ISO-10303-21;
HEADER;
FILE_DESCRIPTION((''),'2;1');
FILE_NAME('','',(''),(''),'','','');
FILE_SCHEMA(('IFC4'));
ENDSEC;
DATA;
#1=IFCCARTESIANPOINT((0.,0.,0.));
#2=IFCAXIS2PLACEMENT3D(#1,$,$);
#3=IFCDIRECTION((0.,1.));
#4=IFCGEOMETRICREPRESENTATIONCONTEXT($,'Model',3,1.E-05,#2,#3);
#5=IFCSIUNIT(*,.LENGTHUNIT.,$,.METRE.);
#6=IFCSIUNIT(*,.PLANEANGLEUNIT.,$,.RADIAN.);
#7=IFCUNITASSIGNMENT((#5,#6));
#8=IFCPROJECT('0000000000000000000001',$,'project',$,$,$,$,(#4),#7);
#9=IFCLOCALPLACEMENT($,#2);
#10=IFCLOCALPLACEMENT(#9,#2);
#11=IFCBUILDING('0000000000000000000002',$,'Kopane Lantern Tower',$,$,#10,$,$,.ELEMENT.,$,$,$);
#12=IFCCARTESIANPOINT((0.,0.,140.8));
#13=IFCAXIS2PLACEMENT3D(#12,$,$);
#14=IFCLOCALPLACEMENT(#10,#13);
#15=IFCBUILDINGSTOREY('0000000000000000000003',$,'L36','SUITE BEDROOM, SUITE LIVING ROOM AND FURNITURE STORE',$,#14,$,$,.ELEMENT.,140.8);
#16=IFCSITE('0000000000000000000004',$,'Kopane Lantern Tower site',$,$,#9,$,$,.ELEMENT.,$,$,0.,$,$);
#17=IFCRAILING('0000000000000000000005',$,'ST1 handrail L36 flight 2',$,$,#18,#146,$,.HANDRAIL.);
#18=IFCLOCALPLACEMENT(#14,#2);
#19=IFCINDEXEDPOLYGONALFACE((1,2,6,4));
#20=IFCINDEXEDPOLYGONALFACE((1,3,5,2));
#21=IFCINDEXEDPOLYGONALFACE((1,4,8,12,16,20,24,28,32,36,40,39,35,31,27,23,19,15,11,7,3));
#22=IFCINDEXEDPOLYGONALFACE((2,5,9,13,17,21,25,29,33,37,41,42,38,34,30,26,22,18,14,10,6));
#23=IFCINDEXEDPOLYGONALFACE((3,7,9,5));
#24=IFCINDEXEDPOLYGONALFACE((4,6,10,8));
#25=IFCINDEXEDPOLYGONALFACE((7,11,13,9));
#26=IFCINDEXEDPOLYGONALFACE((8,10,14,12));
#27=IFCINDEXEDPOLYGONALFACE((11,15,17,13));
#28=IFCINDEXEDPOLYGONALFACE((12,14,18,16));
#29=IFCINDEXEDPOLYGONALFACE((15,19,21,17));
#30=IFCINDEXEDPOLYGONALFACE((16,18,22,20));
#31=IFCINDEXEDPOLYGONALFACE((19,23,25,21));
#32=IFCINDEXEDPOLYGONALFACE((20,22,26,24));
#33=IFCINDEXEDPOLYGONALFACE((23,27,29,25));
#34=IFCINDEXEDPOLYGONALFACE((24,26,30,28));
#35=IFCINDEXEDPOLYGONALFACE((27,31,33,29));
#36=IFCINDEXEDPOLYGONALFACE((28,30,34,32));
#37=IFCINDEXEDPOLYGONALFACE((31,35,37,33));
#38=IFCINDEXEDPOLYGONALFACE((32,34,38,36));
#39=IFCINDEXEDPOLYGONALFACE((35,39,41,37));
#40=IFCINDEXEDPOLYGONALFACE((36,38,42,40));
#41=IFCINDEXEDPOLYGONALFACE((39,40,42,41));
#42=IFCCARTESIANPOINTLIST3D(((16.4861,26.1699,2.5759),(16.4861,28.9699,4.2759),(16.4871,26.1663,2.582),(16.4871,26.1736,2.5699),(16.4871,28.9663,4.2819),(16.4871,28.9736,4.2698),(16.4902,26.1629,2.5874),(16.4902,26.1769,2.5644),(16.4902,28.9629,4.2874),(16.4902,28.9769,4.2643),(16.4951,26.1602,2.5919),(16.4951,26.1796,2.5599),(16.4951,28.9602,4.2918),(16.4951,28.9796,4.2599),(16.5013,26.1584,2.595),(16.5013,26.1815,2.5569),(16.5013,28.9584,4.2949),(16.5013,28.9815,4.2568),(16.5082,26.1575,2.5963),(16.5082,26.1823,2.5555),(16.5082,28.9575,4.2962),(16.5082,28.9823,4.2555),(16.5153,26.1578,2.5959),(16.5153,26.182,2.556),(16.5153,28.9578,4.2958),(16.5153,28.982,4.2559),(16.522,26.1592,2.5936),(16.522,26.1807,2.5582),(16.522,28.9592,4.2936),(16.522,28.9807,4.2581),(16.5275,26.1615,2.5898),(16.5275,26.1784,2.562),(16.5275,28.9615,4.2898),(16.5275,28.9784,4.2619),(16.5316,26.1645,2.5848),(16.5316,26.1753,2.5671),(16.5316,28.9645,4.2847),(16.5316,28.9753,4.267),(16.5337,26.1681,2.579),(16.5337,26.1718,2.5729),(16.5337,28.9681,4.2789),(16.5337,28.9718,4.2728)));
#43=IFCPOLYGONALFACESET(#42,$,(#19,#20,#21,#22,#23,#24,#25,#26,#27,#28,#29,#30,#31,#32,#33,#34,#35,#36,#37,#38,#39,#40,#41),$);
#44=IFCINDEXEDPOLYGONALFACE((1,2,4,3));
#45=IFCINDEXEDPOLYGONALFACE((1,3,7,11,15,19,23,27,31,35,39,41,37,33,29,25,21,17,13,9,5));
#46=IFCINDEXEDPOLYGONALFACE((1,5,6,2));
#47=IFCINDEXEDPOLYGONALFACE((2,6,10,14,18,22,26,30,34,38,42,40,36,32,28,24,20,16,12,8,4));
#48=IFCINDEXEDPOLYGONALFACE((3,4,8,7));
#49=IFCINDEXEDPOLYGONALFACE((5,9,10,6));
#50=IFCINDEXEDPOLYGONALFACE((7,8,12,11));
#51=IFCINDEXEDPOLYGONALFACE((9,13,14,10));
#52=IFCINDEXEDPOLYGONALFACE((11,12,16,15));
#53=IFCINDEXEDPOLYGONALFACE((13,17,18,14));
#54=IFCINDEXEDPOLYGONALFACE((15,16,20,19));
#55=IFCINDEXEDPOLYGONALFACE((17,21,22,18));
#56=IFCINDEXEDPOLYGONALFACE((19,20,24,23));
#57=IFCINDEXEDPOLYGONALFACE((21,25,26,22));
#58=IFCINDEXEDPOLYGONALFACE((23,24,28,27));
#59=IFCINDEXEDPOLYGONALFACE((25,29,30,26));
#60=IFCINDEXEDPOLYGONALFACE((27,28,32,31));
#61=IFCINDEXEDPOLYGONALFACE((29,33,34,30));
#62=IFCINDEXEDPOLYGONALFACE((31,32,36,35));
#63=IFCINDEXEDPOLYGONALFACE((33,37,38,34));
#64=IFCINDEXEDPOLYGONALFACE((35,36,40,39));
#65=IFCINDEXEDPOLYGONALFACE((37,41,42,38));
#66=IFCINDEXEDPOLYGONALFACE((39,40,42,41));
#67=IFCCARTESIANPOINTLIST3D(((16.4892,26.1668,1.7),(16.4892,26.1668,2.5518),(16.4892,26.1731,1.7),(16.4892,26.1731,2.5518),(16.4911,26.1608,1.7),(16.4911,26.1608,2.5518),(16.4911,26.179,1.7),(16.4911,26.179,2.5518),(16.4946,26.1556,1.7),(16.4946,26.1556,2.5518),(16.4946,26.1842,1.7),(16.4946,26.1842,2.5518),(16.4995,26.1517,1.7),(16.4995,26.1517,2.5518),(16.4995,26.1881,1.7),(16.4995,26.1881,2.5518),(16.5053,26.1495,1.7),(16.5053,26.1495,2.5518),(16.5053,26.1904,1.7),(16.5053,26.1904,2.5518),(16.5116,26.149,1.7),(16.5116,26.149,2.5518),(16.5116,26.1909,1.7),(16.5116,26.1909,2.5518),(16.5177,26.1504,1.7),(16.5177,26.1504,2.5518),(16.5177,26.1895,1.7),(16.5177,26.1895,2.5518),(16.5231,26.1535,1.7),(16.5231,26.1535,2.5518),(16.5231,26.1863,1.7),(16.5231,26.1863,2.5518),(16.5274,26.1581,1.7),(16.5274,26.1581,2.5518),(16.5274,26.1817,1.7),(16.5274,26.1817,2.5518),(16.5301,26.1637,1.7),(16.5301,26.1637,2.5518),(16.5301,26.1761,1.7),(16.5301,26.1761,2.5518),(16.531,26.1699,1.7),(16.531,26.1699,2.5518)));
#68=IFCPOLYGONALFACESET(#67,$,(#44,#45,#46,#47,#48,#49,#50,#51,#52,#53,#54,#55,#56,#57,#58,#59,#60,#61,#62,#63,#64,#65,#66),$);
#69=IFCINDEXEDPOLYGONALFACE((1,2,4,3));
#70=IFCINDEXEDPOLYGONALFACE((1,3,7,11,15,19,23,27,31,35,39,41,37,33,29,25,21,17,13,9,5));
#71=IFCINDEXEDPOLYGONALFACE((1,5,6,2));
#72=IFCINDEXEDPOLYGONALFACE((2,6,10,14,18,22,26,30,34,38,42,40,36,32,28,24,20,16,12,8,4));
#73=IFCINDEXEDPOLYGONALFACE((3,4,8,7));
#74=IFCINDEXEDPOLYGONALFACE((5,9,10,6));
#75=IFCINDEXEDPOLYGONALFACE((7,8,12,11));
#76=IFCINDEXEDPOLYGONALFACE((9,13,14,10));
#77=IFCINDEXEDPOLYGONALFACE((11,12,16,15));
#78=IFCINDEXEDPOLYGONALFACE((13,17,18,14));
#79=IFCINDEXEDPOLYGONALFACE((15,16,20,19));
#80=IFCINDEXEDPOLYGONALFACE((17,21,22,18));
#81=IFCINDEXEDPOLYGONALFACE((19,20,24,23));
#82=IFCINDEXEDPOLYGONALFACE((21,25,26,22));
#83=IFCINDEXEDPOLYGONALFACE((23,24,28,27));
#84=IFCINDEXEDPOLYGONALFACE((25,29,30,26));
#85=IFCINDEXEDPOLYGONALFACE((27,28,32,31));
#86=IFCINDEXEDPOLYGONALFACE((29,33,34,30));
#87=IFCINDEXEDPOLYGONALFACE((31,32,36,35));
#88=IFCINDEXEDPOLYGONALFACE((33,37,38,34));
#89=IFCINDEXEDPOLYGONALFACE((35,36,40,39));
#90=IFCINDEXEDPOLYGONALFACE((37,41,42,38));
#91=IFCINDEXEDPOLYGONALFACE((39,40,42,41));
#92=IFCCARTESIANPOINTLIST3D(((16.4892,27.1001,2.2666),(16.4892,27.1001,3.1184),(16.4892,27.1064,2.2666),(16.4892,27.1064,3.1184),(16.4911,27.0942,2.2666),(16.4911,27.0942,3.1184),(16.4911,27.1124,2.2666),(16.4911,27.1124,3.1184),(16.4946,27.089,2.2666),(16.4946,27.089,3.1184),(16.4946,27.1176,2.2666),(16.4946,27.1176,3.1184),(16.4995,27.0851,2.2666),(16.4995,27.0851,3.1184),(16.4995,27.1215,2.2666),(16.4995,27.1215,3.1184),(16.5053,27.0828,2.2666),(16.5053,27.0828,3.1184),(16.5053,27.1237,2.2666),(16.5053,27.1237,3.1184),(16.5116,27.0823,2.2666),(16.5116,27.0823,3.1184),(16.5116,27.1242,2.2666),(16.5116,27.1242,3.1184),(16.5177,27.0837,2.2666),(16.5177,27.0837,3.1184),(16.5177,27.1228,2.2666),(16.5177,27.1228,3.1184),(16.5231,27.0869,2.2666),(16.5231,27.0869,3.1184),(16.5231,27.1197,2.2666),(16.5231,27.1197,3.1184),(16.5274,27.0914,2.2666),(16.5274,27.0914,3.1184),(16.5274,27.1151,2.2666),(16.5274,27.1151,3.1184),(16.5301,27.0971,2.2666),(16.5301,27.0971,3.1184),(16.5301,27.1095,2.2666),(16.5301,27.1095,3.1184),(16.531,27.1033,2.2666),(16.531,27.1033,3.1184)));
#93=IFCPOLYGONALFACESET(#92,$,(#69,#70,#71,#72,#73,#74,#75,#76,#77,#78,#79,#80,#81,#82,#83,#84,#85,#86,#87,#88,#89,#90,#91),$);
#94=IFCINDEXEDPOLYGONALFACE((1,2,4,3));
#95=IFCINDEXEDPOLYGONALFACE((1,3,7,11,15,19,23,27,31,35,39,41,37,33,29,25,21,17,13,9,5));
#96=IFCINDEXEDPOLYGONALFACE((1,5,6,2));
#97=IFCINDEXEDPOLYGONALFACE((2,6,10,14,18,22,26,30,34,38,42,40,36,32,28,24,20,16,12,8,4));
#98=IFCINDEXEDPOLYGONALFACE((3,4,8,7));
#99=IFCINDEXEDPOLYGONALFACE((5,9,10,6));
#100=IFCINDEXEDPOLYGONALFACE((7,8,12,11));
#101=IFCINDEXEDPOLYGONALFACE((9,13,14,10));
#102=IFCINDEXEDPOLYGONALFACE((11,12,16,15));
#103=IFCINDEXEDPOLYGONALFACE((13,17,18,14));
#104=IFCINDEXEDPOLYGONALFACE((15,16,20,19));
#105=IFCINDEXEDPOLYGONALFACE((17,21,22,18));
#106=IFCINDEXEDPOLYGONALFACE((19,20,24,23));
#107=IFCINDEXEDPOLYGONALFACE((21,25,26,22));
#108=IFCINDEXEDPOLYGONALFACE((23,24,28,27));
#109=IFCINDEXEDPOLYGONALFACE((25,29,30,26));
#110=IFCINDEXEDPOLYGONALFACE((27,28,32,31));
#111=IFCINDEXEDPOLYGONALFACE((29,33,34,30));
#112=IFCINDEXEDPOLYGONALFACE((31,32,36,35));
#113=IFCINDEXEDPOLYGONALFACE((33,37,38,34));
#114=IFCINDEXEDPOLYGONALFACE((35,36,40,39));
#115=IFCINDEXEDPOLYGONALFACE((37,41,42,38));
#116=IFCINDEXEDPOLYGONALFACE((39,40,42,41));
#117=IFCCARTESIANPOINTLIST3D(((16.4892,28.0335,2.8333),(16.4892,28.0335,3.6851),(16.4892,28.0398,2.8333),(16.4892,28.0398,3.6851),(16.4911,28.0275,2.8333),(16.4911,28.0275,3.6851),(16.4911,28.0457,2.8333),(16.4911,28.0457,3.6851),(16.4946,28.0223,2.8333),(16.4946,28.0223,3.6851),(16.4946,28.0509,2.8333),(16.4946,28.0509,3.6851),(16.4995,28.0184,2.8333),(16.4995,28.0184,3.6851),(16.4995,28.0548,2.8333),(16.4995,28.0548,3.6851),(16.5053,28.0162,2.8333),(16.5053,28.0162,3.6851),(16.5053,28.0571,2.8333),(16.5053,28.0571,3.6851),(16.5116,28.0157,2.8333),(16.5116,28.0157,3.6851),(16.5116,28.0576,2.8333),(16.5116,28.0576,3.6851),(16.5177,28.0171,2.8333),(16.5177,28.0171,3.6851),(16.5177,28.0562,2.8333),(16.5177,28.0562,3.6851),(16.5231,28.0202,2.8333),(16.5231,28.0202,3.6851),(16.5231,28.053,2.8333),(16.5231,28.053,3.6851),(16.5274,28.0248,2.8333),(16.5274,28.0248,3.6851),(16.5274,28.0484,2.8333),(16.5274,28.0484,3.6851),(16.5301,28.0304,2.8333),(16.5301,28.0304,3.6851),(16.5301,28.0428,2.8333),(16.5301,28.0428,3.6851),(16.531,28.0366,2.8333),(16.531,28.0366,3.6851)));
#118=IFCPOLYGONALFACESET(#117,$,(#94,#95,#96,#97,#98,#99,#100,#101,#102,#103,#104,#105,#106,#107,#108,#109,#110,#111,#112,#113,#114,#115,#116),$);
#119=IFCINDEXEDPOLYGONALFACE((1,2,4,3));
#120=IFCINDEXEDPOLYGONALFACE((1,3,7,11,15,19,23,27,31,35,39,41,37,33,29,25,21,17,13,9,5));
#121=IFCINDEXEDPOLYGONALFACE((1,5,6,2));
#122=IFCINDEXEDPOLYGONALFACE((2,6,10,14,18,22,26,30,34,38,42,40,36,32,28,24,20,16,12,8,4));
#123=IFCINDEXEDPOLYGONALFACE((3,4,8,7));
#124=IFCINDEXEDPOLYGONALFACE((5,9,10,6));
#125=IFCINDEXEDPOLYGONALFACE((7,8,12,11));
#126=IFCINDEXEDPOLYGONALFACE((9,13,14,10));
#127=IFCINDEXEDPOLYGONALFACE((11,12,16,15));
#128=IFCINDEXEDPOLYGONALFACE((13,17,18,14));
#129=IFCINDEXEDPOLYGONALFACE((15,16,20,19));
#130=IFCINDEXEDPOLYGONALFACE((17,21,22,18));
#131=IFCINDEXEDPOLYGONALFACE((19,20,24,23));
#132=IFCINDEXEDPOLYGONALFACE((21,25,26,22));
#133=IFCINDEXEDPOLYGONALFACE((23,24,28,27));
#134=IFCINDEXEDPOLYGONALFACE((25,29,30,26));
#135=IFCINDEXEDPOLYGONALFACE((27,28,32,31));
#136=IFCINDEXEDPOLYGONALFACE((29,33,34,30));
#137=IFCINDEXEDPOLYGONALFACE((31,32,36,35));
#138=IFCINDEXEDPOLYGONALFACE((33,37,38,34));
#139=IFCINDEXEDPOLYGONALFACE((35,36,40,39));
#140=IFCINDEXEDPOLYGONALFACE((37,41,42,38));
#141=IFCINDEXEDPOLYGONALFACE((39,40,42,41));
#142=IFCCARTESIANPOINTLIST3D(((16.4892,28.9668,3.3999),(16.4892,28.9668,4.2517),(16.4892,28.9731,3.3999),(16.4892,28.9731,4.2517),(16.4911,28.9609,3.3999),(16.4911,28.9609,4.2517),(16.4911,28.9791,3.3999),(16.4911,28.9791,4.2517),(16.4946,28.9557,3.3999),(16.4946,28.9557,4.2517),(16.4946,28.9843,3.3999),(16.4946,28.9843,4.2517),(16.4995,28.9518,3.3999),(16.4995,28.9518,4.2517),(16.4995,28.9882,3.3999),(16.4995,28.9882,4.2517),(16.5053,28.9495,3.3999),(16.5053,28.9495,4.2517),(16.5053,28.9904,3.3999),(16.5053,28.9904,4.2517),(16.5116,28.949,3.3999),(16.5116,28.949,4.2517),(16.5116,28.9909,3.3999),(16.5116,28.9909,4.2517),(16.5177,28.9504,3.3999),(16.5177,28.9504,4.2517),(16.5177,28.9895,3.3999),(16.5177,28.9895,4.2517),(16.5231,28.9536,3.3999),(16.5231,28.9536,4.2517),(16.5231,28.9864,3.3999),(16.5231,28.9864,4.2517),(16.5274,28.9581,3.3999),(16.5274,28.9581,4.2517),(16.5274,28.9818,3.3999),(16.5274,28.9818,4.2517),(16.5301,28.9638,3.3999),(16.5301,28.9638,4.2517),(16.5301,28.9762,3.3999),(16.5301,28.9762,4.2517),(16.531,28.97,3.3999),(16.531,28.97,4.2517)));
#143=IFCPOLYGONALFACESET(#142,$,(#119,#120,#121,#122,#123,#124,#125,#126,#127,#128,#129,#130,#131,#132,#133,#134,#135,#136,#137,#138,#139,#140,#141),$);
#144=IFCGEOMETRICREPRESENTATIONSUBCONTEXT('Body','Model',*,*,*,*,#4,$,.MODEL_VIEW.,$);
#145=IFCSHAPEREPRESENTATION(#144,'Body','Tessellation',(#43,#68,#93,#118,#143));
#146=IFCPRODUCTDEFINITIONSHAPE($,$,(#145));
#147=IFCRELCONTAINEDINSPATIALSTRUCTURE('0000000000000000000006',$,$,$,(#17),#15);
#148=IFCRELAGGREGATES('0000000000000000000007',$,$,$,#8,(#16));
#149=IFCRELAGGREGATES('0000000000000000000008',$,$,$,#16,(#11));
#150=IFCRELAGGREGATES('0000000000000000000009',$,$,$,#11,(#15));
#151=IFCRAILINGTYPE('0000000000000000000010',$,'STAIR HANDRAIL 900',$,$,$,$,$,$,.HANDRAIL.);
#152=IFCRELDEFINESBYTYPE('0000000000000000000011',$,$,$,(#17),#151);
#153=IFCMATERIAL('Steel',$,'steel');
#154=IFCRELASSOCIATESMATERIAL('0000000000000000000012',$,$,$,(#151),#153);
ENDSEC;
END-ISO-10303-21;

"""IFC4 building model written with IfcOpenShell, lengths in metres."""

from ifc_helpers import new_model, si_unit, direction, frame, origin, origin_2d, place, context, subcontext, project, spatial, circle, extrude, material, type_object, element, save


model = new_model("IFC4")

# Units and contexts
model_context = context("Model", 3, precision=1e-05, world=origin(), true_north=direction((0.0, 1.0)))
body_context = subcontext(model_context, "Body", "Model", "MODEL_VIEW")
ifc_project = project(units=[si_unit("LENGTHUNIT", "METRE"), si_unit("PLANEANGLEUNIT", "RADIAN")], contexts=[model_context])

# Site, building, storey
site_placement = place(None, origin())
site = spatial("IfcSite", under=ifc_project, at=site_placement, Name="Kopane Lantern Tower site", CompositionType="ELEMENT", RefElevation=0.0)
building_placement = place(site_placement, origin())
building = spatial("IfcBuilding", under=site, at=building_placement, Name="Kopane Lantern Tower", CompositionType="ELEMENT")
storey_placement = place(building_placement, frame((0.0, 0.0, 140.8)))
storey = spatial("IfcBuildingStorey", under=building, at=storey_placement, Name="L36", Description="SUITE BEDROOM, SUITE LIVING ROOM AND FURNITURE STORE", CompositionType="ELEMENT", Elevation=140.8)

# Railing
ifc_material_1 = material(Name="Steel", Category="steel")
railing_type_1 = type_object("IfcRailingType", Name="STAIR HANDRAIL 900", PredefinedType="HANDRAIL", material=ifc_material_1)
for number, where, name in (
    (1, (16.51, 26.1699, 1.7), "ST1 handrail L36 flight 2"),
):
    element("IfcRailing", number, at=place(storey_placement, frame(where)), inside=storey, type_object=railing_type_1, Name=name, PredefinedType="HANDRAIL", context=body_context, shape_type="SweptSolid", body=[
        extrude(circle(Radius=0.0239, at=origin_2d()), frame((0.0, 0.0, 0.876), z_axis=(0.0, 0.854798, 0.518961), x_axis=(-1.0, 0.0, 0.0)), (0.0, 0.0, 1.0), 3.2756),
        extrude(circle(Radius=0.021, at=origin_2d()), origin(), (0.0, 0.0, 1.0), 0.8518),
        extrude(circle(Radius=0.021, at=origin_2d()), frame((0.0, 0.9333, 0.5667)), (0.0, 0.0, 1.0), 0.8518),
        extrude(circle(Radius=0.021, at=origin_2d()), frame((0.0, 1.8667, 1.1333)), (0.0, 0.0, 1.0), 0.8518),
        extrude(circle(Radius=0.021, at=origin_2d()), frame((0.0, 2.8, 1.7)), (0.0, 0.0, 1.0), 0.8518),
    ])

save(model, "model.ifc")
